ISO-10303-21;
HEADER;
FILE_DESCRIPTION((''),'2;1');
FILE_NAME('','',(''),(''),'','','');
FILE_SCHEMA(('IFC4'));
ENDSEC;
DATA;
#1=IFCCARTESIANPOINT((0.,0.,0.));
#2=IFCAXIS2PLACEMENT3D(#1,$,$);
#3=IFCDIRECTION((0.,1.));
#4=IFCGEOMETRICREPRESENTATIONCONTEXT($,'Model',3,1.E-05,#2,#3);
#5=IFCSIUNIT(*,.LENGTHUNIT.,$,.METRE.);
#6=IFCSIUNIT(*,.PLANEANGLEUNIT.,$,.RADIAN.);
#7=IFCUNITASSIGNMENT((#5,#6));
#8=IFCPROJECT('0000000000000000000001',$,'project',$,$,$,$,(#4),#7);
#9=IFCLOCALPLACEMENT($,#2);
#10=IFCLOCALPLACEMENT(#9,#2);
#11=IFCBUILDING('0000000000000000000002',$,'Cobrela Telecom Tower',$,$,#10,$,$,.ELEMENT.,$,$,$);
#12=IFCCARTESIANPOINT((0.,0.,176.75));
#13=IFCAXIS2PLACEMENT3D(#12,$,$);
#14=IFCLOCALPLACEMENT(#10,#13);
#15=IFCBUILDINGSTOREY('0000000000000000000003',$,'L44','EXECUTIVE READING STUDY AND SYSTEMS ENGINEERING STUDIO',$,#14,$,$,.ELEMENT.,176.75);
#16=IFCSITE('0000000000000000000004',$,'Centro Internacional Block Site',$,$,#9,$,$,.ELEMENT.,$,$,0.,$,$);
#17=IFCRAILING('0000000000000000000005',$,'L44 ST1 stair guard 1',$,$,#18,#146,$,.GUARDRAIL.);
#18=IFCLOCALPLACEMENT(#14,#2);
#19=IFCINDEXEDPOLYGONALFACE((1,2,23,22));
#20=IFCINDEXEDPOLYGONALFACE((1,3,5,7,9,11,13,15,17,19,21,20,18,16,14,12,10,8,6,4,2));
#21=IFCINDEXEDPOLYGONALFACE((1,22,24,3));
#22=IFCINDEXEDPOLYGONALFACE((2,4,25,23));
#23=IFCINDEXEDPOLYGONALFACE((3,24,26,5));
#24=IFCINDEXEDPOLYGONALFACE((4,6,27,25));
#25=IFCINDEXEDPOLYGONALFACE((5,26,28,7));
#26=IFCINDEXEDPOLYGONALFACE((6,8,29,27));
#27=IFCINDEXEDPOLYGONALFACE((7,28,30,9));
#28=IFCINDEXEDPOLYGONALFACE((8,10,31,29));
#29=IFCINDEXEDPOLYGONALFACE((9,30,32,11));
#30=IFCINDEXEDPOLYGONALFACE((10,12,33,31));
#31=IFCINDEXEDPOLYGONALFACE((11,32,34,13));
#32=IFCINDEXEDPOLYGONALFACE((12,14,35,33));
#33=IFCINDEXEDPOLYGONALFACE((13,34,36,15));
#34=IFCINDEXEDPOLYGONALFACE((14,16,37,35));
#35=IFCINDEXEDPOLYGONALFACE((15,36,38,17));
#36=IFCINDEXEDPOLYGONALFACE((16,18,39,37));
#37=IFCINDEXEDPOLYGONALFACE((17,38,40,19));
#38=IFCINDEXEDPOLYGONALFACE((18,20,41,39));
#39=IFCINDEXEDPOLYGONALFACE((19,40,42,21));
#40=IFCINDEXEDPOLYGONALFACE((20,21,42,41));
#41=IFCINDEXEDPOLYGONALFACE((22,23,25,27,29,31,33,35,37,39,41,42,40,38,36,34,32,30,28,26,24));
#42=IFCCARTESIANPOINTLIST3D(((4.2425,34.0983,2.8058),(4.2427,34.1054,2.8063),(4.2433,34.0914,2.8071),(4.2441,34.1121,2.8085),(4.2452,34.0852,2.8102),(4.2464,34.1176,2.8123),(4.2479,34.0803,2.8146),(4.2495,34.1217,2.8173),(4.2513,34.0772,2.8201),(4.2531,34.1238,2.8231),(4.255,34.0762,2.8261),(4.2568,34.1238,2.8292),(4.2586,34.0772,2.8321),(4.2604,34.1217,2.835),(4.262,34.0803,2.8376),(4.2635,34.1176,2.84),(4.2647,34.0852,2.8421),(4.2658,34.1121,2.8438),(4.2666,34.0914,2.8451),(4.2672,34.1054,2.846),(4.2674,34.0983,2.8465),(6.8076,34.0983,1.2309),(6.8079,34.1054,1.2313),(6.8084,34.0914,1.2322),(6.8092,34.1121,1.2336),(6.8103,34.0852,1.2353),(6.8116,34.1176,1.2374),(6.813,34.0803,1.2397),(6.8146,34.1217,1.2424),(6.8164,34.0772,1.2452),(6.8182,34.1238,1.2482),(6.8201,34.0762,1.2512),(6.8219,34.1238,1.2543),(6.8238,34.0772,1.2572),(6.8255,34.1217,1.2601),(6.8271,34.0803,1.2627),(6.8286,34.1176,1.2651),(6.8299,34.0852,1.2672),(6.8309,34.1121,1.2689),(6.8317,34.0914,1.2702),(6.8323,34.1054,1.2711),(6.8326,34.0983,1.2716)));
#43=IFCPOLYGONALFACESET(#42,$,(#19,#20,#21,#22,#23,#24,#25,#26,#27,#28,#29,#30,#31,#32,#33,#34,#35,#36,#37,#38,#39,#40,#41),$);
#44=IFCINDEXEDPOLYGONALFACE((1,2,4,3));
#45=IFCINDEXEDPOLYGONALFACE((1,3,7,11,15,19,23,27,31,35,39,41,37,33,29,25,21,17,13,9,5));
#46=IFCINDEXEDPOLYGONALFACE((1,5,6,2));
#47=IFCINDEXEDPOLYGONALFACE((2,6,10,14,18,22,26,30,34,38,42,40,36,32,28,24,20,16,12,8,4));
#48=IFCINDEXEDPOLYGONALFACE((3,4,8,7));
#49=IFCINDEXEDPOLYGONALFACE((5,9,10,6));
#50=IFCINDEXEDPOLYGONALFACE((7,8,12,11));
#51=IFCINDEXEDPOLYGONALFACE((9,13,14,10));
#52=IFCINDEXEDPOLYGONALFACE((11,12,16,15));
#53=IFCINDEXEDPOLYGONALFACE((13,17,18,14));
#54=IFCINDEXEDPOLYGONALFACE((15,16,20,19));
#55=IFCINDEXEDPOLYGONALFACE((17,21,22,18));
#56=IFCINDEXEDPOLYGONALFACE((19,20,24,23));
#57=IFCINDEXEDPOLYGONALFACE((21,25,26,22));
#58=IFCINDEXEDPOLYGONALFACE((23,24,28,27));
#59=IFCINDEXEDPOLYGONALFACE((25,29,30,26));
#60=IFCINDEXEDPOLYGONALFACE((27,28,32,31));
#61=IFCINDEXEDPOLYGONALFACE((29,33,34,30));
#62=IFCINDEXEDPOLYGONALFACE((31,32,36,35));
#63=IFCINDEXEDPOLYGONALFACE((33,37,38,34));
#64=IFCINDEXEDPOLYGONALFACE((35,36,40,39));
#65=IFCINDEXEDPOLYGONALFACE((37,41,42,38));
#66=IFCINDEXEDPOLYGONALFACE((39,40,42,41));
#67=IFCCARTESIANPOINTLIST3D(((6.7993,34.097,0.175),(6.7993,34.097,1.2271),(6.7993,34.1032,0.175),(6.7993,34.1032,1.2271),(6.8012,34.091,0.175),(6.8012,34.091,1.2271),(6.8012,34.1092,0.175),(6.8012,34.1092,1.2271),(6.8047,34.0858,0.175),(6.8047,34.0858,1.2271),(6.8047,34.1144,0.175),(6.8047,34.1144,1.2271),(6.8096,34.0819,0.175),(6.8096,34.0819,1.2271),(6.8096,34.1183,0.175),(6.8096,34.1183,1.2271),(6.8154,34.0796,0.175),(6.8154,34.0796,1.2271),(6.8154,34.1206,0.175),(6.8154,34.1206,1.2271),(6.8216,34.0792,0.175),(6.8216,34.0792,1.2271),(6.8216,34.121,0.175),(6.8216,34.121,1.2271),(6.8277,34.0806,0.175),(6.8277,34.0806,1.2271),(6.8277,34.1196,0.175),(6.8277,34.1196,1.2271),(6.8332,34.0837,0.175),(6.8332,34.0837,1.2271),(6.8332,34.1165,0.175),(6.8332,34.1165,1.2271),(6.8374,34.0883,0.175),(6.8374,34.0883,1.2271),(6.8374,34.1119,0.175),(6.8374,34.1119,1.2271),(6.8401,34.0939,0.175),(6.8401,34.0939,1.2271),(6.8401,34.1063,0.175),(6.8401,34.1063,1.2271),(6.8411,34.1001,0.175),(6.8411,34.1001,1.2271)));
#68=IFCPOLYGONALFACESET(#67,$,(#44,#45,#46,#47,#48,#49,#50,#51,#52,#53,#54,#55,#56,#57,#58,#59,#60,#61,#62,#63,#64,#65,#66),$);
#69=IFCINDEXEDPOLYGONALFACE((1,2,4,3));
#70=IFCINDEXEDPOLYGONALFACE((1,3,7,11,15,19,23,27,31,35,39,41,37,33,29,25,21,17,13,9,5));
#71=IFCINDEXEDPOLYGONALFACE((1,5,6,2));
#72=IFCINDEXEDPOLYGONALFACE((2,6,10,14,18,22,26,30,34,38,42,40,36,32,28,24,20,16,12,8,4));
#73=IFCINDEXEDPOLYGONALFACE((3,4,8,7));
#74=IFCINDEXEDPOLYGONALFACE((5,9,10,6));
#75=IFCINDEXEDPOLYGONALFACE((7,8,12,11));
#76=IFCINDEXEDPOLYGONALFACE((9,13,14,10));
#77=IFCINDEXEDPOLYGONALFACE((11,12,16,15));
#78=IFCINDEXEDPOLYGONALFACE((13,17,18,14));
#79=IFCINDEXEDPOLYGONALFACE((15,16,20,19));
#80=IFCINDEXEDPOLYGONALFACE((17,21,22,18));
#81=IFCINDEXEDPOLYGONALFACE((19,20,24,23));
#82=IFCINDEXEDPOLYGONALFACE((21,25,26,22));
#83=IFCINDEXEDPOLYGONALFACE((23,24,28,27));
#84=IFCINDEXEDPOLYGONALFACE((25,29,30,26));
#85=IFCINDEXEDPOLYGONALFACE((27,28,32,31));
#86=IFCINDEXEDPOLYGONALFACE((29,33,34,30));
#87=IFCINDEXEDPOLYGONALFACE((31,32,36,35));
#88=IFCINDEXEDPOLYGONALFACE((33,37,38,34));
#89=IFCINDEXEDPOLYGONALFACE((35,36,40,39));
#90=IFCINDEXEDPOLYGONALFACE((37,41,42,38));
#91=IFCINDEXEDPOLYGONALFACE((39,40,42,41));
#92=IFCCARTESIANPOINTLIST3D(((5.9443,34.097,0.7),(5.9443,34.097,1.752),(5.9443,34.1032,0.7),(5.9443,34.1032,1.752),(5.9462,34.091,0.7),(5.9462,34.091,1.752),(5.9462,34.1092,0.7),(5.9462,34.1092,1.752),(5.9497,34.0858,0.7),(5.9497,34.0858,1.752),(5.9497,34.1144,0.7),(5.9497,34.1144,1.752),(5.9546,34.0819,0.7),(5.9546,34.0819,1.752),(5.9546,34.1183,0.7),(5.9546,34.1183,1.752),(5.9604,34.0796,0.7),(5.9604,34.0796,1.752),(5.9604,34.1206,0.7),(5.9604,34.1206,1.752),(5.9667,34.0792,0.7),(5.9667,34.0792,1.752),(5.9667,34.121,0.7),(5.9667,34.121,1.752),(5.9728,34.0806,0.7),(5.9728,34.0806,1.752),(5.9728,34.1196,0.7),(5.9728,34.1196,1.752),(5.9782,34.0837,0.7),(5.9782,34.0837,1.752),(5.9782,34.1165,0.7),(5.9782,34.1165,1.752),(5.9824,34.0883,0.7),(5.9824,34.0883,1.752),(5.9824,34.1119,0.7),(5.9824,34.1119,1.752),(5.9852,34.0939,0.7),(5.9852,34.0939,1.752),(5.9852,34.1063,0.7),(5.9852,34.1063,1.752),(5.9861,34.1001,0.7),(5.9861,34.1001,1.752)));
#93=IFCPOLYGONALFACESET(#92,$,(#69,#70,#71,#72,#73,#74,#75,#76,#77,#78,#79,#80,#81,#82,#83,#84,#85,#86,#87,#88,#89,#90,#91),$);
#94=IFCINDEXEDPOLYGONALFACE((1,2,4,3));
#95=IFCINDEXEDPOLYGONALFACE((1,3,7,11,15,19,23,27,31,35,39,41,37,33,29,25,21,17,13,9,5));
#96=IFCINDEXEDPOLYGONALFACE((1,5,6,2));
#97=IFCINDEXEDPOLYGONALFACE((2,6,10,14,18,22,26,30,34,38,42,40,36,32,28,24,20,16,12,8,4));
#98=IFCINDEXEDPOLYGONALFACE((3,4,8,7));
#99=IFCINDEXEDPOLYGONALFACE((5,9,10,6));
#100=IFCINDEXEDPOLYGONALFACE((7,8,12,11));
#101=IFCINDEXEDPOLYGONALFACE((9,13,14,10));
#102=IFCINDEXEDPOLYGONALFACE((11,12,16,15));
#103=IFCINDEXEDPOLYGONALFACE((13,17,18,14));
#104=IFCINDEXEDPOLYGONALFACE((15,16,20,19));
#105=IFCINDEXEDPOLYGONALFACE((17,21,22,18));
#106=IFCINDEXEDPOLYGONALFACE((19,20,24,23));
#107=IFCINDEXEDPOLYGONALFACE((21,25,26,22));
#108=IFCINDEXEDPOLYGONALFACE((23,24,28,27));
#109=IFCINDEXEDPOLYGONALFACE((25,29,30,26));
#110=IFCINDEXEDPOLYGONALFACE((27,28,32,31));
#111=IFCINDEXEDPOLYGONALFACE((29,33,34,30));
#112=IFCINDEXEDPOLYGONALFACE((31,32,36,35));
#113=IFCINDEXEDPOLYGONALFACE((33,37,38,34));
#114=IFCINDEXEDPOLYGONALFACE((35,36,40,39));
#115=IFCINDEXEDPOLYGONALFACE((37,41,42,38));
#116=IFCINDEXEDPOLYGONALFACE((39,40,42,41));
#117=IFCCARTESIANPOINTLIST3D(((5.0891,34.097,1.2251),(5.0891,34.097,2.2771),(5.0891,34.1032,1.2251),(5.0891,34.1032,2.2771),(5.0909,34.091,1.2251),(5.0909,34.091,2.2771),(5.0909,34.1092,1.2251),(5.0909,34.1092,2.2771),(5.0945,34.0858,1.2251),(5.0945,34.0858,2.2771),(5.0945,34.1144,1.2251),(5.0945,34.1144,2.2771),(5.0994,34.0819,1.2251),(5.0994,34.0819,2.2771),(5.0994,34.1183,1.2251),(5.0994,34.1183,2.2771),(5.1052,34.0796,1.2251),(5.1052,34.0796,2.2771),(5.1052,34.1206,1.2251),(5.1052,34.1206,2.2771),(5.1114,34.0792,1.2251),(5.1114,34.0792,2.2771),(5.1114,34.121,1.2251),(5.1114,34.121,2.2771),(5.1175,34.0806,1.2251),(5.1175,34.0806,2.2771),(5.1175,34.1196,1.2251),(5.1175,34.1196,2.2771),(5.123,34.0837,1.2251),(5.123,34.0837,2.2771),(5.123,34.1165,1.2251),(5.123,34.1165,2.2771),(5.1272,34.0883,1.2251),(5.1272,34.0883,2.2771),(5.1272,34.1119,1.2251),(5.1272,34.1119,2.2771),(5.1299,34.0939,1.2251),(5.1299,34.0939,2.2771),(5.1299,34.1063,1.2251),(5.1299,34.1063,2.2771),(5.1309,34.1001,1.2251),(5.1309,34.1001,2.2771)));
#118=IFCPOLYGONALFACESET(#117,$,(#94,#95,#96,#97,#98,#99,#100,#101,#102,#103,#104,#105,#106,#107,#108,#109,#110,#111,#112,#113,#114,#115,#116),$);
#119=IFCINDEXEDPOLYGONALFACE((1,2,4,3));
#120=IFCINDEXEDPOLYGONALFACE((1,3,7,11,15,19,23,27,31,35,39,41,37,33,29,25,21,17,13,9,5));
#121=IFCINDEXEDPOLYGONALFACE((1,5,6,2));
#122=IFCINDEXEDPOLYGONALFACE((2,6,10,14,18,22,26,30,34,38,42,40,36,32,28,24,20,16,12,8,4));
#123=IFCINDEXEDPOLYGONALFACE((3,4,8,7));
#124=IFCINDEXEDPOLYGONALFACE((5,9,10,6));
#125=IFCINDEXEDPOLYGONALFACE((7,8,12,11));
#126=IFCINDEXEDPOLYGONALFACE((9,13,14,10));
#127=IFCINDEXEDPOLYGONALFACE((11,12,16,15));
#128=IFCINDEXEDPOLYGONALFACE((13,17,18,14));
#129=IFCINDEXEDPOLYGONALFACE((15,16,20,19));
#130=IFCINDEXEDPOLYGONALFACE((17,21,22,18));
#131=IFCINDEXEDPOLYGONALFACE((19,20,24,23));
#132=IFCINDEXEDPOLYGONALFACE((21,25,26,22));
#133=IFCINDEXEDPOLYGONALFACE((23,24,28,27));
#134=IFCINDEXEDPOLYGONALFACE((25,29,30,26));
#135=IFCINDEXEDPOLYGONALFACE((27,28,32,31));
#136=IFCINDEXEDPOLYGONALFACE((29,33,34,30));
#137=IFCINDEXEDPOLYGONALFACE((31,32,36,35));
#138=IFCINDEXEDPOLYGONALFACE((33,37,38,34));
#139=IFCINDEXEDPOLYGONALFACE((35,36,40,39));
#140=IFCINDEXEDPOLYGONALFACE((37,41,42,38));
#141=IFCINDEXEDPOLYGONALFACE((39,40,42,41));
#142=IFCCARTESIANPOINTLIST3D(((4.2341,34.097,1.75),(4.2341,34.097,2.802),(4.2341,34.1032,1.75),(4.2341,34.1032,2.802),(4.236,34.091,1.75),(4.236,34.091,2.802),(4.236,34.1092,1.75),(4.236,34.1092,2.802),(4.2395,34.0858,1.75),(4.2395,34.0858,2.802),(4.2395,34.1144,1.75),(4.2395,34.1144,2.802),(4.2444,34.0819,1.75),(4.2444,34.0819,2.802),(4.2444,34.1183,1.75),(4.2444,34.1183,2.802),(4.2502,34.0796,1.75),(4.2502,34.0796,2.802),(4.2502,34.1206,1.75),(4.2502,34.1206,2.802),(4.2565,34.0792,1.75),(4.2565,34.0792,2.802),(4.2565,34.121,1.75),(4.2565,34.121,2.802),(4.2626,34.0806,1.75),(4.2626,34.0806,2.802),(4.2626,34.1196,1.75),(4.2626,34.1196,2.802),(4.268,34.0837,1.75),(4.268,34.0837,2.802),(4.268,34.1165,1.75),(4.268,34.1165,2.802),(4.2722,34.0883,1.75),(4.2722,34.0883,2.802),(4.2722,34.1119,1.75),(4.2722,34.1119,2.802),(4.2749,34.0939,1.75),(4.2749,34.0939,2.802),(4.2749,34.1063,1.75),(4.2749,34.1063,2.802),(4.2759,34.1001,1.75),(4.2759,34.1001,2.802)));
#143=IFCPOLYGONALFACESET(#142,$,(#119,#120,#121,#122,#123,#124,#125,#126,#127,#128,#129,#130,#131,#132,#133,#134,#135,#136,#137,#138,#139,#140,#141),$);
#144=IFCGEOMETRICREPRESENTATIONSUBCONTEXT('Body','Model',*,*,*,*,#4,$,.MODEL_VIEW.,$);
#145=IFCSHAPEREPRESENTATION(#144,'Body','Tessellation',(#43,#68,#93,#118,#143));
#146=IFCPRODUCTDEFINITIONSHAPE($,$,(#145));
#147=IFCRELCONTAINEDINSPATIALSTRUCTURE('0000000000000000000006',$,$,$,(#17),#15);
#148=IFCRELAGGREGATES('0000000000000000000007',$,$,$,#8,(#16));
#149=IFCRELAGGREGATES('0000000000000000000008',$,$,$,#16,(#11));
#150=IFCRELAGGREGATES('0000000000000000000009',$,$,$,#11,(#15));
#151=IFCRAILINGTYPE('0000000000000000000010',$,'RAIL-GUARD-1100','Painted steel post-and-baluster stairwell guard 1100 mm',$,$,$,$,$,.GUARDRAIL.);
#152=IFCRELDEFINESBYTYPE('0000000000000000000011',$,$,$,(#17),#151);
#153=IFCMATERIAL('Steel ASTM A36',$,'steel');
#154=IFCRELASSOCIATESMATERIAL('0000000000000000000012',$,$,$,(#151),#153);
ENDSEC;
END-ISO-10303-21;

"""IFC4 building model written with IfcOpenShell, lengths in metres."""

from ifc_helpers import new_model, si_unit, direction, frame, origin, origin_2d, place, context, subcontext, project, spatial, circle, extrude, material, type_object, element, save


model = new_model("IFC4")

# Units and contexts
model_context = context("Model", 3, precision=1e-05, world=origin(), true_north=direction((0.0, 1.0)))
body_context = subcontext(model_context, "Body", "Model", "MODEL_VIEW")
ifc_project = project(units=[si_unit("LENGTHUNIT", "METRE"), si_unit("PLANEANGLEUNIT", "RADIAN")], contexts=[model_context])

# Site, building, storey
site_placement = place(None, origin())
site = spatial("IfcSite", under=ifc_project, at=site_placement, Name="Centro Internacional Block Site", CompositionType="ELEMENT", RefElevation=0.0)
building_placement = place(site_placement, origin())
building = spatial("IfcBuilding", under=site, at=building_placement, Name="Cobrela Telecom Tower", CompositionType="ELEMENT")
storey_placement = place(building_placement, frame((0.0, 0.0, 176.75)))
storey = spatial("IfcBuildingStorey", under=building, at=storey_placement, Name="L44", Description="EXECUTIVE READING STUDY AND SYSTEMS ENGINEERING STUDIO", CompositionType="ELEMENT", Elevation=176.75)

# Shared definitions
ifc_material_1 = material(Name="Steel ASTM A36", Category="steel")

# Railing
railing_type_1 = type_object("IfcRailingType", Name="RAIL-GUARD-1100", Description="Painted steel post-and-baluster stairwell guard 1100 mm", PredefinedType="GUARDRAIL", material=ifc_material_1)
railing_1_placement = place(storey_placement, frame((6.8201, 34.1001, 0.175)))
element("IfcRailing", 1, at=railing_1_placement, inside=storey, type_object=railing_type_1, Name="L44 ST1 stair guard 1", PredefinedType="GUARDRAIL", context=body_context, shape_type="SweptSolid", body=[
    extrude(circle(Radius=0.0239, at=origin_2d()), frame((0.0, 0.0, 1.0762), z_axis=(-0.852195, 0.0, 0.523224), x_axis=(0.0, -1.0, 0.0)), (0.0, 0.0, 1.0), 3.01),
    extrude(circle(Radius=0.021, at=origin_2d()), origin(), (0.0, 0.0, 1.0), 1.052),
    extrude(circle(Radius=0.021, at=origin_2d()), frame((-0.855, 0.0, 0.5249)), (0.0, 0.0, 1.0), 1.052),
    extrude(circle(Radius=0.021, at=origin_2d()), frame((-1.7102, 0.0, 1.05)), (0.0, 0.0, 1.0), 1.052),
    extrude(circle(Radius=0.021, at=origin_2d()), frame((-2.5652, 0.0, 1.575)), (0.0, 0.0, 1.0), 1.052),
])

save(model, "model.ifc")
